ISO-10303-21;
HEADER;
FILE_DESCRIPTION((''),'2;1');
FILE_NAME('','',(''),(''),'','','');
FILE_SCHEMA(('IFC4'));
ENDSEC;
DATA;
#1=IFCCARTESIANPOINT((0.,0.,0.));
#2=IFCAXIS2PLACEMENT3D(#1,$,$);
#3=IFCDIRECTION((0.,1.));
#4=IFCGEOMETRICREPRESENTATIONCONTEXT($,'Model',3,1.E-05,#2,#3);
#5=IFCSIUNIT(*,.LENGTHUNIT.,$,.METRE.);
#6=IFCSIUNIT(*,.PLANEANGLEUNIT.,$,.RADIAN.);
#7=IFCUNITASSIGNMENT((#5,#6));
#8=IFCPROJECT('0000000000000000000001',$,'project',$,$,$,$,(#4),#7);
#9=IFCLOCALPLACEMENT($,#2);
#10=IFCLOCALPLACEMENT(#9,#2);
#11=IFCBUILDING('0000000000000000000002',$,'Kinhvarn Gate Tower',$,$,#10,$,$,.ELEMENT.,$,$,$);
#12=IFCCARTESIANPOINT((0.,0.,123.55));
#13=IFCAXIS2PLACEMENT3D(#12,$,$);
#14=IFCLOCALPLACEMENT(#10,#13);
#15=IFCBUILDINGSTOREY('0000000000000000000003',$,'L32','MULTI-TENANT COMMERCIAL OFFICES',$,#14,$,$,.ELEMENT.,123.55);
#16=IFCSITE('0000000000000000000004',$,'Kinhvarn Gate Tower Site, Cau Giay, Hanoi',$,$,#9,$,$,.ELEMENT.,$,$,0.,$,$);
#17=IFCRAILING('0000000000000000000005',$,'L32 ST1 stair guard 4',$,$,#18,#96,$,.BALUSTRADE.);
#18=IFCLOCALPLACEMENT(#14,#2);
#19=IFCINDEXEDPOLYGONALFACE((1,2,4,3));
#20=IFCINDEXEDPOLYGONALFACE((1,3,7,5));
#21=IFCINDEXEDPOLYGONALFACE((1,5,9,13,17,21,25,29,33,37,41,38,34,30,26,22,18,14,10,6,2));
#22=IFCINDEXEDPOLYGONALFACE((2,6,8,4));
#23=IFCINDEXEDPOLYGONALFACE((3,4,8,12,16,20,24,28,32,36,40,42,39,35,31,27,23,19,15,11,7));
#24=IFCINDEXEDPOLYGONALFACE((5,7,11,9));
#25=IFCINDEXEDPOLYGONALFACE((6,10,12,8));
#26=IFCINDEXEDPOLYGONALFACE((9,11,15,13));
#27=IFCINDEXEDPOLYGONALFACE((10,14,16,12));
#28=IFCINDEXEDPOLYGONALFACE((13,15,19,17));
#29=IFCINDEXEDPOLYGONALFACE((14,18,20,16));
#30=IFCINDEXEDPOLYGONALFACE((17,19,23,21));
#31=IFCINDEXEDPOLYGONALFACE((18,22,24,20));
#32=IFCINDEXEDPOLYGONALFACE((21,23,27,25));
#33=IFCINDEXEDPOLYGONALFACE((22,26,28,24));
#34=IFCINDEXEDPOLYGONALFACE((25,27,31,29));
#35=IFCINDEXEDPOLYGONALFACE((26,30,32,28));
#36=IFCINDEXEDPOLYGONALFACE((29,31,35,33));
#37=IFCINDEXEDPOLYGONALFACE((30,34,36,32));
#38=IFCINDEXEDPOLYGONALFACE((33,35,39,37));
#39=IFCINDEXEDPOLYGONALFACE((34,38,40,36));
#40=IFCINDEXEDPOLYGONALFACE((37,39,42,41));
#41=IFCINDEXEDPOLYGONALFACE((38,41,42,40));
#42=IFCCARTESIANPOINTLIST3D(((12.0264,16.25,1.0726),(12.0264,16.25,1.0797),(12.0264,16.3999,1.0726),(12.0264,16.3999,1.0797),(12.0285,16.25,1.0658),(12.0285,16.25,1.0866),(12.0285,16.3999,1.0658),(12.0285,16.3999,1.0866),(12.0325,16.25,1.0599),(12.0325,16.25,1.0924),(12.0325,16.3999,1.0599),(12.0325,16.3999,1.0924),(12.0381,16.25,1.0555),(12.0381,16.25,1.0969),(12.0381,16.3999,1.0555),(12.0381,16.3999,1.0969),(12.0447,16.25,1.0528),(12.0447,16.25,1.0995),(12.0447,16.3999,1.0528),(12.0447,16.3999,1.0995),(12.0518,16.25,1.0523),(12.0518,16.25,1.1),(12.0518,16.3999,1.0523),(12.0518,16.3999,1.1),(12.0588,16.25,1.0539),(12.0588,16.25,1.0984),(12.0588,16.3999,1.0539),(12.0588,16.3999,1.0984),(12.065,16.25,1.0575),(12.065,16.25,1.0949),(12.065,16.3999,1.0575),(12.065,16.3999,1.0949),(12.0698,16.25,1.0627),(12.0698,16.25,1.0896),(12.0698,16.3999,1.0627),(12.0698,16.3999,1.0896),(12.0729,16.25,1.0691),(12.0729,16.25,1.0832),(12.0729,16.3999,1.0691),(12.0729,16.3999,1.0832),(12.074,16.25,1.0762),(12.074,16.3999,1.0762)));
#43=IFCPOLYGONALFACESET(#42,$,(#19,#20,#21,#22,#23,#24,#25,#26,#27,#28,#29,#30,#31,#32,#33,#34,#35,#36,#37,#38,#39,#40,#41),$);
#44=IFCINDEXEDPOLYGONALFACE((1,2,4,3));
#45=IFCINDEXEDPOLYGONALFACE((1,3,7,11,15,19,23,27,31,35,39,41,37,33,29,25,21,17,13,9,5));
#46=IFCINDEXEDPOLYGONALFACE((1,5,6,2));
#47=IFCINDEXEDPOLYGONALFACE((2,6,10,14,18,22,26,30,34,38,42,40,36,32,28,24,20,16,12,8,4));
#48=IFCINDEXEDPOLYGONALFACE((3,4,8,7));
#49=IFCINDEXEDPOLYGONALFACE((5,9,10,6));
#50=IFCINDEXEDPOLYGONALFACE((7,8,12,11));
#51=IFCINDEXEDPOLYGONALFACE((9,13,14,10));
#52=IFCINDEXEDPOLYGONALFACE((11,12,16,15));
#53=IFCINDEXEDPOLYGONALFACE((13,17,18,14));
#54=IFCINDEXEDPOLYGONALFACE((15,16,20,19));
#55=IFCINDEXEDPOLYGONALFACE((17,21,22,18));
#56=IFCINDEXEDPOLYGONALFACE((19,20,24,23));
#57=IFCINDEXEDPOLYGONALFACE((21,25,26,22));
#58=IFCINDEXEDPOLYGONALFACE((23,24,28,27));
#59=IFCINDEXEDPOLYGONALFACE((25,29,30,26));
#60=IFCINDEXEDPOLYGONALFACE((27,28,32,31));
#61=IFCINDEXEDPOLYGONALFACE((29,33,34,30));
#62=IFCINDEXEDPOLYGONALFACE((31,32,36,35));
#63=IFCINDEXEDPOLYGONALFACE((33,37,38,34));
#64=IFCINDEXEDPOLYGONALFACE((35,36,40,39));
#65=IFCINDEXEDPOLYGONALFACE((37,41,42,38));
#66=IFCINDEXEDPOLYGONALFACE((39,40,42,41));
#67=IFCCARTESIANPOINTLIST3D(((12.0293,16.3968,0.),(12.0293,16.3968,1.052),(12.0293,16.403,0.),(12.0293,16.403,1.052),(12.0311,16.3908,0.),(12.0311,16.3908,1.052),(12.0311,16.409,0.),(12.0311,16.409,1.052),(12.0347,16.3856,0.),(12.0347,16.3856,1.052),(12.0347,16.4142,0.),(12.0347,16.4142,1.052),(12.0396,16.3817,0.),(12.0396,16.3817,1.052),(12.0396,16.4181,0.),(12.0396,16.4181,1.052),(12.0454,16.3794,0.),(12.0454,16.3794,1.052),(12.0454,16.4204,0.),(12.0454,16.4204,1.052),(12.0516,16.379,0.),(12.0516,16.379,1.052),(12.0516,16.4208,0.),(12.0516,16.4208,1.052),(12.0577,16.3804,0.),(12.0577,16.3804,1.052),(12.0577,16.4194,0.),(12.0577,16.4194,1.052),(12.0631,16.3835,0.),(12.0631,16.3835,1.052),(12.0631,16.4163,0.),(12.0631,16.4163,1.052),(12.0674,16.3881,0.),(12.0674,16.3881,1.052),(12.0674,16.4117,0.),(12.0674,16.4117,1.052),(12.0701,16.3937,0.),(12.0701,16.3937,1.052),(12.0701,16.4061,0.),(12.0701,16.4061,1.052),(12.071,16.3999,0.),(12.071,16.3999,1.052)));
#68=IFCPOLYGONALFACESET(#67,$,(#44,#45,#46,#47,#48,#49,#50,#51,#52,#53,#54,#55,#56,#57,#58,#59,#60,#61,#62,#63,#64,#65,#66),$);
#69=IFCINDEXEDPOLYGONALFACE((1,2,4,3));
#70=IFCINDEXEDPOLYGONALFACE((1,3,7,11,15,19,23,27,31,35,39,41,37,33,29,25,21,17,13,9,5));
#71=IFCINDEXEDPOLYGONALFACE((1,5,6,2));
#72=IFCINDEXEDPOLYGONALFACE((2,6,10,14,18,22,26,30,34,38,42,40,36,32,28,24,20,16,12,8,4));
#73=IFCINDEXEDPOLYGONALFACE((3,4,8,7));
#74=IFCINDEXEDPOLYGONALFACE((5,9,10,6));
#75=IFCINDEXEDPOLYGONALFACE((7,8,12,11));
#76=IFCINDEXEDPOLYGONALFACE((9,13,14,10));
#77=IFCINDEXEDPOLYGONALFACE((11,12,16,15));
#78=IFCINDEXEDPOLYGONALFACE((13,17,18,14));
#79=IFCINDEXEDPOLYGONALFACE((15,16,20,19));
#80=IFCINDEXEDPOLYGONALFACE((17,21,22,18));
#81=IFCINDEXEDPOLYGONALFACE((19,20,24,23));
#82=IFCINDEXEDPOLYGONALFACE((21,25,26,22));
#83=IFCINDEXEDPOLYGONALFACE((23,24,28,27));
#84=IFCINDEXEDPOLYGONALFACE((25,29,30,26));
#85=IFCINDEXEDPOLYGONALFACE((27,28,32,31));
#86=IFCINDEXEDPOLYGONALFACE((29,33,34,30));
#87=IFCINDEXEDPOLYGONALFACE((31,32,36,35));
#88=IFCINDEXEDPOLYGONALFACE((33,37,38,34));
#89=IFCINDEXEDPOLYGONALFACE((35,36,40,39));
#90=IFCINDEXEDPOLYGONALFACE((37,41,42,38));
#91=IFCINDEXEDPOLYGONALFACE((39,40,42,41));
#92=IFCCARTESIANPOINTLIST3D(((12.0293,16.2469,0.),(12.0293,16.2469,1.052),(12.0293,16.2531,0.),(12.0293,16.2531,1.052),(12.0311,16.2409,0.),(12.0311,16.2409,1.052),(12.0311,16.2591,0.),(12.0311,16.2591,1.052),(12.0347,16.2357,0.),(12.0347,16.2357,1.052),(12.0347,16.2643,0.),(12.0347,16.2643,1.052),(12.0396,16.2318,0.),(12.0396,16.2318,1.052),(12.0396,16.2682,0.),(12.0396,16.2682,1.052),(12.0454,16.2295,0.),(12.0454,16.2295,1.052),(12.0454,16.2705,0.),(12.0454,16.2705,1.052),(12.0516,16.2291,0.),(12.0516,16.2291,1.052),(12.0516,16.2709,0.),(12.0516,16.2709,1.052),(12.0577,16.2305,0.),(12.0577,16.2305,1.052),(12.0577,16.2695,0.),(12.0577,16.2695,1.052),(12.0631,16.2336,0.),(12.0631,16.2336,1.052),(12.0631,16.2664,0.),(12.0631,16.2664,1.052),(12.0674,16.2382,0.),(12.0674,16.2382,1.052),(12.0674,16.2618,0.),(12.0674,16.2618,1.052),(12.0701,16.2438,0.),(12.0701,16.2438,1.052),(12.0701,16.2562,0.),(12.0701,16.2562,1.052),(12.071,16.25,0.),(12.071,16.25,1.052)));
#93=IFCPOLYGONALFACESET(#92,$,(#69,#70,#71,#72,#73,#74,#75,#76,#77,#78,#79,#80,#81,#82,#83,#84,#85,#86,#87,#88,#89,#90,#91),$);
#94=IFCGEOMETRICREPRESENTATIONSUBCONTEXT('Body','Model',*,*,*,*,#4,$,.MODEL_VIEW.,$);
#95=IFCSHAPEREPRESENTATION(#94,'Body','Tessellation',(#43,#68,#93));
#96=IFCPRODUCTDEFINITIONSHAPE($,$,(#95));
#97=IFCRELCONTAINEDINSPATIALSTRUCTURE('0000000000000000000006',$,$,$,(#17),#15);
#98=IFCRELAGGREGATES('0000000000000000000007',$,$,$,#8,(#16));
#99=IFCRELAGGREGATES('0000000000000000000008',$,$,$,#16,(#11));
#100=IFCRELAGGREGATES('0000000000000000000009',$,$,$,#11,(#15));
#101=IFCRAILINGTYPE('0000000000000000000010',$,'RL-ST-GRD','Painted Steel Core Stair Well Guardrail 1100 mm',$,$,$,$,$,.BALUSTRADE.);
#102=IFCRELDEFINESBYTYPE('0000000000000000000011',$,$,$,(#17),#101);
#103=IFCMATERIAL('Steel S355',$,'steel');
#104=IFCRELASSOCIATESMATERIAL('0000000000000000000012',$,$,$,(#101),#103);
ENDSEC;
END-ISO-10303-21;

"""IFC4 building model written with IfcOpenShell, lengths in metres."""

from ifc_helpers import new_model, si_unit, direction, frame, origin, origin_2d, place, context, subcontext, project, spatial, circle, extrude, material, type_object, element, save


model = new_model("IFC4")

# Units and contexts
model_context = context("Model", 3, precision=1e-05, world=origin(), true_north=direction((0.0, 1.0)))
body_context = subcontext(model_context, "Body", "Model", "MODEL_VIEW")
ifc_project = project(units=[si_unit("LENGTHUNIT", "METRE"), si_unit("PLANEANGLEUNIT", "RADIAN")], contexts=[model_context])

# Site, building, storey
site_placement = place(None, origin())
site = spatial("IfcSite", under=ifc_project, at=site_placement, Name="Kinhvarn Gate Tower Site, Cau Giay, Hanoi", CompositionType="ELEMENT", RefElevation=0.0)
building_placement = place(site_placement, origin())
building = spatial("IfcBuilding", under=site, at=building_placement, Name="Kinhvarn Gate Tower", CompositionType="ELEMENT")
storey_placement = place(building_placement, frame((0.0, 0.0, 123.55)))
storey = spatial("IfcBuildingStorey", under=building, at=storey_placement, Name="L32", Description="MULTI-TENANT COMMERCIAL OFFICES", CompositionType="ELEMENT", Elevation=123.55)

# Shared definitions
ifc_material_1 = material(Name="Steel S355", Category="steel")

# Railing
railing_type_1 = type_object("IfcRailingType", Name="RL-ST-GRD", Description="Painted Steel Core Stair Well Guardrail 1100 mm", PredefinedType="BALUSTRADE", material=ifc_material_1)
railing_1_placement = place(storey_placement, frame((12.05, 16.3999, 0.0)))
element("IfcRailing", 1, at=railing_1_placement, inside=storey, type_object=railing_type_1, Name="L32 ST1 stair guard 4", PredefinedType="BALUSTRADE", context=body_context, shape_type="SweptSolid", body=[
    extrude(circle(Radius=0.0239, at=origin_2d()), frame((0.0, 0.0, 1.0762), z_axis=(0.0, -1.0, 0.0), x_axis=(1.0, 0.0, 0.0)), (0.0, 0.0, 1.0), 0.1499),
    extrude(circle(Radius=0.021, at=origin_2d()), origin(), (0.0, 0.0, 1.0), 1.052),
    extrude(circle(Radius=0.021, at=origin_2d()), frame((0.0, -0.1499, 0.0)), (0.0, 0.0, 1.0), 1.052),
])

save(model, "model.ifc")
